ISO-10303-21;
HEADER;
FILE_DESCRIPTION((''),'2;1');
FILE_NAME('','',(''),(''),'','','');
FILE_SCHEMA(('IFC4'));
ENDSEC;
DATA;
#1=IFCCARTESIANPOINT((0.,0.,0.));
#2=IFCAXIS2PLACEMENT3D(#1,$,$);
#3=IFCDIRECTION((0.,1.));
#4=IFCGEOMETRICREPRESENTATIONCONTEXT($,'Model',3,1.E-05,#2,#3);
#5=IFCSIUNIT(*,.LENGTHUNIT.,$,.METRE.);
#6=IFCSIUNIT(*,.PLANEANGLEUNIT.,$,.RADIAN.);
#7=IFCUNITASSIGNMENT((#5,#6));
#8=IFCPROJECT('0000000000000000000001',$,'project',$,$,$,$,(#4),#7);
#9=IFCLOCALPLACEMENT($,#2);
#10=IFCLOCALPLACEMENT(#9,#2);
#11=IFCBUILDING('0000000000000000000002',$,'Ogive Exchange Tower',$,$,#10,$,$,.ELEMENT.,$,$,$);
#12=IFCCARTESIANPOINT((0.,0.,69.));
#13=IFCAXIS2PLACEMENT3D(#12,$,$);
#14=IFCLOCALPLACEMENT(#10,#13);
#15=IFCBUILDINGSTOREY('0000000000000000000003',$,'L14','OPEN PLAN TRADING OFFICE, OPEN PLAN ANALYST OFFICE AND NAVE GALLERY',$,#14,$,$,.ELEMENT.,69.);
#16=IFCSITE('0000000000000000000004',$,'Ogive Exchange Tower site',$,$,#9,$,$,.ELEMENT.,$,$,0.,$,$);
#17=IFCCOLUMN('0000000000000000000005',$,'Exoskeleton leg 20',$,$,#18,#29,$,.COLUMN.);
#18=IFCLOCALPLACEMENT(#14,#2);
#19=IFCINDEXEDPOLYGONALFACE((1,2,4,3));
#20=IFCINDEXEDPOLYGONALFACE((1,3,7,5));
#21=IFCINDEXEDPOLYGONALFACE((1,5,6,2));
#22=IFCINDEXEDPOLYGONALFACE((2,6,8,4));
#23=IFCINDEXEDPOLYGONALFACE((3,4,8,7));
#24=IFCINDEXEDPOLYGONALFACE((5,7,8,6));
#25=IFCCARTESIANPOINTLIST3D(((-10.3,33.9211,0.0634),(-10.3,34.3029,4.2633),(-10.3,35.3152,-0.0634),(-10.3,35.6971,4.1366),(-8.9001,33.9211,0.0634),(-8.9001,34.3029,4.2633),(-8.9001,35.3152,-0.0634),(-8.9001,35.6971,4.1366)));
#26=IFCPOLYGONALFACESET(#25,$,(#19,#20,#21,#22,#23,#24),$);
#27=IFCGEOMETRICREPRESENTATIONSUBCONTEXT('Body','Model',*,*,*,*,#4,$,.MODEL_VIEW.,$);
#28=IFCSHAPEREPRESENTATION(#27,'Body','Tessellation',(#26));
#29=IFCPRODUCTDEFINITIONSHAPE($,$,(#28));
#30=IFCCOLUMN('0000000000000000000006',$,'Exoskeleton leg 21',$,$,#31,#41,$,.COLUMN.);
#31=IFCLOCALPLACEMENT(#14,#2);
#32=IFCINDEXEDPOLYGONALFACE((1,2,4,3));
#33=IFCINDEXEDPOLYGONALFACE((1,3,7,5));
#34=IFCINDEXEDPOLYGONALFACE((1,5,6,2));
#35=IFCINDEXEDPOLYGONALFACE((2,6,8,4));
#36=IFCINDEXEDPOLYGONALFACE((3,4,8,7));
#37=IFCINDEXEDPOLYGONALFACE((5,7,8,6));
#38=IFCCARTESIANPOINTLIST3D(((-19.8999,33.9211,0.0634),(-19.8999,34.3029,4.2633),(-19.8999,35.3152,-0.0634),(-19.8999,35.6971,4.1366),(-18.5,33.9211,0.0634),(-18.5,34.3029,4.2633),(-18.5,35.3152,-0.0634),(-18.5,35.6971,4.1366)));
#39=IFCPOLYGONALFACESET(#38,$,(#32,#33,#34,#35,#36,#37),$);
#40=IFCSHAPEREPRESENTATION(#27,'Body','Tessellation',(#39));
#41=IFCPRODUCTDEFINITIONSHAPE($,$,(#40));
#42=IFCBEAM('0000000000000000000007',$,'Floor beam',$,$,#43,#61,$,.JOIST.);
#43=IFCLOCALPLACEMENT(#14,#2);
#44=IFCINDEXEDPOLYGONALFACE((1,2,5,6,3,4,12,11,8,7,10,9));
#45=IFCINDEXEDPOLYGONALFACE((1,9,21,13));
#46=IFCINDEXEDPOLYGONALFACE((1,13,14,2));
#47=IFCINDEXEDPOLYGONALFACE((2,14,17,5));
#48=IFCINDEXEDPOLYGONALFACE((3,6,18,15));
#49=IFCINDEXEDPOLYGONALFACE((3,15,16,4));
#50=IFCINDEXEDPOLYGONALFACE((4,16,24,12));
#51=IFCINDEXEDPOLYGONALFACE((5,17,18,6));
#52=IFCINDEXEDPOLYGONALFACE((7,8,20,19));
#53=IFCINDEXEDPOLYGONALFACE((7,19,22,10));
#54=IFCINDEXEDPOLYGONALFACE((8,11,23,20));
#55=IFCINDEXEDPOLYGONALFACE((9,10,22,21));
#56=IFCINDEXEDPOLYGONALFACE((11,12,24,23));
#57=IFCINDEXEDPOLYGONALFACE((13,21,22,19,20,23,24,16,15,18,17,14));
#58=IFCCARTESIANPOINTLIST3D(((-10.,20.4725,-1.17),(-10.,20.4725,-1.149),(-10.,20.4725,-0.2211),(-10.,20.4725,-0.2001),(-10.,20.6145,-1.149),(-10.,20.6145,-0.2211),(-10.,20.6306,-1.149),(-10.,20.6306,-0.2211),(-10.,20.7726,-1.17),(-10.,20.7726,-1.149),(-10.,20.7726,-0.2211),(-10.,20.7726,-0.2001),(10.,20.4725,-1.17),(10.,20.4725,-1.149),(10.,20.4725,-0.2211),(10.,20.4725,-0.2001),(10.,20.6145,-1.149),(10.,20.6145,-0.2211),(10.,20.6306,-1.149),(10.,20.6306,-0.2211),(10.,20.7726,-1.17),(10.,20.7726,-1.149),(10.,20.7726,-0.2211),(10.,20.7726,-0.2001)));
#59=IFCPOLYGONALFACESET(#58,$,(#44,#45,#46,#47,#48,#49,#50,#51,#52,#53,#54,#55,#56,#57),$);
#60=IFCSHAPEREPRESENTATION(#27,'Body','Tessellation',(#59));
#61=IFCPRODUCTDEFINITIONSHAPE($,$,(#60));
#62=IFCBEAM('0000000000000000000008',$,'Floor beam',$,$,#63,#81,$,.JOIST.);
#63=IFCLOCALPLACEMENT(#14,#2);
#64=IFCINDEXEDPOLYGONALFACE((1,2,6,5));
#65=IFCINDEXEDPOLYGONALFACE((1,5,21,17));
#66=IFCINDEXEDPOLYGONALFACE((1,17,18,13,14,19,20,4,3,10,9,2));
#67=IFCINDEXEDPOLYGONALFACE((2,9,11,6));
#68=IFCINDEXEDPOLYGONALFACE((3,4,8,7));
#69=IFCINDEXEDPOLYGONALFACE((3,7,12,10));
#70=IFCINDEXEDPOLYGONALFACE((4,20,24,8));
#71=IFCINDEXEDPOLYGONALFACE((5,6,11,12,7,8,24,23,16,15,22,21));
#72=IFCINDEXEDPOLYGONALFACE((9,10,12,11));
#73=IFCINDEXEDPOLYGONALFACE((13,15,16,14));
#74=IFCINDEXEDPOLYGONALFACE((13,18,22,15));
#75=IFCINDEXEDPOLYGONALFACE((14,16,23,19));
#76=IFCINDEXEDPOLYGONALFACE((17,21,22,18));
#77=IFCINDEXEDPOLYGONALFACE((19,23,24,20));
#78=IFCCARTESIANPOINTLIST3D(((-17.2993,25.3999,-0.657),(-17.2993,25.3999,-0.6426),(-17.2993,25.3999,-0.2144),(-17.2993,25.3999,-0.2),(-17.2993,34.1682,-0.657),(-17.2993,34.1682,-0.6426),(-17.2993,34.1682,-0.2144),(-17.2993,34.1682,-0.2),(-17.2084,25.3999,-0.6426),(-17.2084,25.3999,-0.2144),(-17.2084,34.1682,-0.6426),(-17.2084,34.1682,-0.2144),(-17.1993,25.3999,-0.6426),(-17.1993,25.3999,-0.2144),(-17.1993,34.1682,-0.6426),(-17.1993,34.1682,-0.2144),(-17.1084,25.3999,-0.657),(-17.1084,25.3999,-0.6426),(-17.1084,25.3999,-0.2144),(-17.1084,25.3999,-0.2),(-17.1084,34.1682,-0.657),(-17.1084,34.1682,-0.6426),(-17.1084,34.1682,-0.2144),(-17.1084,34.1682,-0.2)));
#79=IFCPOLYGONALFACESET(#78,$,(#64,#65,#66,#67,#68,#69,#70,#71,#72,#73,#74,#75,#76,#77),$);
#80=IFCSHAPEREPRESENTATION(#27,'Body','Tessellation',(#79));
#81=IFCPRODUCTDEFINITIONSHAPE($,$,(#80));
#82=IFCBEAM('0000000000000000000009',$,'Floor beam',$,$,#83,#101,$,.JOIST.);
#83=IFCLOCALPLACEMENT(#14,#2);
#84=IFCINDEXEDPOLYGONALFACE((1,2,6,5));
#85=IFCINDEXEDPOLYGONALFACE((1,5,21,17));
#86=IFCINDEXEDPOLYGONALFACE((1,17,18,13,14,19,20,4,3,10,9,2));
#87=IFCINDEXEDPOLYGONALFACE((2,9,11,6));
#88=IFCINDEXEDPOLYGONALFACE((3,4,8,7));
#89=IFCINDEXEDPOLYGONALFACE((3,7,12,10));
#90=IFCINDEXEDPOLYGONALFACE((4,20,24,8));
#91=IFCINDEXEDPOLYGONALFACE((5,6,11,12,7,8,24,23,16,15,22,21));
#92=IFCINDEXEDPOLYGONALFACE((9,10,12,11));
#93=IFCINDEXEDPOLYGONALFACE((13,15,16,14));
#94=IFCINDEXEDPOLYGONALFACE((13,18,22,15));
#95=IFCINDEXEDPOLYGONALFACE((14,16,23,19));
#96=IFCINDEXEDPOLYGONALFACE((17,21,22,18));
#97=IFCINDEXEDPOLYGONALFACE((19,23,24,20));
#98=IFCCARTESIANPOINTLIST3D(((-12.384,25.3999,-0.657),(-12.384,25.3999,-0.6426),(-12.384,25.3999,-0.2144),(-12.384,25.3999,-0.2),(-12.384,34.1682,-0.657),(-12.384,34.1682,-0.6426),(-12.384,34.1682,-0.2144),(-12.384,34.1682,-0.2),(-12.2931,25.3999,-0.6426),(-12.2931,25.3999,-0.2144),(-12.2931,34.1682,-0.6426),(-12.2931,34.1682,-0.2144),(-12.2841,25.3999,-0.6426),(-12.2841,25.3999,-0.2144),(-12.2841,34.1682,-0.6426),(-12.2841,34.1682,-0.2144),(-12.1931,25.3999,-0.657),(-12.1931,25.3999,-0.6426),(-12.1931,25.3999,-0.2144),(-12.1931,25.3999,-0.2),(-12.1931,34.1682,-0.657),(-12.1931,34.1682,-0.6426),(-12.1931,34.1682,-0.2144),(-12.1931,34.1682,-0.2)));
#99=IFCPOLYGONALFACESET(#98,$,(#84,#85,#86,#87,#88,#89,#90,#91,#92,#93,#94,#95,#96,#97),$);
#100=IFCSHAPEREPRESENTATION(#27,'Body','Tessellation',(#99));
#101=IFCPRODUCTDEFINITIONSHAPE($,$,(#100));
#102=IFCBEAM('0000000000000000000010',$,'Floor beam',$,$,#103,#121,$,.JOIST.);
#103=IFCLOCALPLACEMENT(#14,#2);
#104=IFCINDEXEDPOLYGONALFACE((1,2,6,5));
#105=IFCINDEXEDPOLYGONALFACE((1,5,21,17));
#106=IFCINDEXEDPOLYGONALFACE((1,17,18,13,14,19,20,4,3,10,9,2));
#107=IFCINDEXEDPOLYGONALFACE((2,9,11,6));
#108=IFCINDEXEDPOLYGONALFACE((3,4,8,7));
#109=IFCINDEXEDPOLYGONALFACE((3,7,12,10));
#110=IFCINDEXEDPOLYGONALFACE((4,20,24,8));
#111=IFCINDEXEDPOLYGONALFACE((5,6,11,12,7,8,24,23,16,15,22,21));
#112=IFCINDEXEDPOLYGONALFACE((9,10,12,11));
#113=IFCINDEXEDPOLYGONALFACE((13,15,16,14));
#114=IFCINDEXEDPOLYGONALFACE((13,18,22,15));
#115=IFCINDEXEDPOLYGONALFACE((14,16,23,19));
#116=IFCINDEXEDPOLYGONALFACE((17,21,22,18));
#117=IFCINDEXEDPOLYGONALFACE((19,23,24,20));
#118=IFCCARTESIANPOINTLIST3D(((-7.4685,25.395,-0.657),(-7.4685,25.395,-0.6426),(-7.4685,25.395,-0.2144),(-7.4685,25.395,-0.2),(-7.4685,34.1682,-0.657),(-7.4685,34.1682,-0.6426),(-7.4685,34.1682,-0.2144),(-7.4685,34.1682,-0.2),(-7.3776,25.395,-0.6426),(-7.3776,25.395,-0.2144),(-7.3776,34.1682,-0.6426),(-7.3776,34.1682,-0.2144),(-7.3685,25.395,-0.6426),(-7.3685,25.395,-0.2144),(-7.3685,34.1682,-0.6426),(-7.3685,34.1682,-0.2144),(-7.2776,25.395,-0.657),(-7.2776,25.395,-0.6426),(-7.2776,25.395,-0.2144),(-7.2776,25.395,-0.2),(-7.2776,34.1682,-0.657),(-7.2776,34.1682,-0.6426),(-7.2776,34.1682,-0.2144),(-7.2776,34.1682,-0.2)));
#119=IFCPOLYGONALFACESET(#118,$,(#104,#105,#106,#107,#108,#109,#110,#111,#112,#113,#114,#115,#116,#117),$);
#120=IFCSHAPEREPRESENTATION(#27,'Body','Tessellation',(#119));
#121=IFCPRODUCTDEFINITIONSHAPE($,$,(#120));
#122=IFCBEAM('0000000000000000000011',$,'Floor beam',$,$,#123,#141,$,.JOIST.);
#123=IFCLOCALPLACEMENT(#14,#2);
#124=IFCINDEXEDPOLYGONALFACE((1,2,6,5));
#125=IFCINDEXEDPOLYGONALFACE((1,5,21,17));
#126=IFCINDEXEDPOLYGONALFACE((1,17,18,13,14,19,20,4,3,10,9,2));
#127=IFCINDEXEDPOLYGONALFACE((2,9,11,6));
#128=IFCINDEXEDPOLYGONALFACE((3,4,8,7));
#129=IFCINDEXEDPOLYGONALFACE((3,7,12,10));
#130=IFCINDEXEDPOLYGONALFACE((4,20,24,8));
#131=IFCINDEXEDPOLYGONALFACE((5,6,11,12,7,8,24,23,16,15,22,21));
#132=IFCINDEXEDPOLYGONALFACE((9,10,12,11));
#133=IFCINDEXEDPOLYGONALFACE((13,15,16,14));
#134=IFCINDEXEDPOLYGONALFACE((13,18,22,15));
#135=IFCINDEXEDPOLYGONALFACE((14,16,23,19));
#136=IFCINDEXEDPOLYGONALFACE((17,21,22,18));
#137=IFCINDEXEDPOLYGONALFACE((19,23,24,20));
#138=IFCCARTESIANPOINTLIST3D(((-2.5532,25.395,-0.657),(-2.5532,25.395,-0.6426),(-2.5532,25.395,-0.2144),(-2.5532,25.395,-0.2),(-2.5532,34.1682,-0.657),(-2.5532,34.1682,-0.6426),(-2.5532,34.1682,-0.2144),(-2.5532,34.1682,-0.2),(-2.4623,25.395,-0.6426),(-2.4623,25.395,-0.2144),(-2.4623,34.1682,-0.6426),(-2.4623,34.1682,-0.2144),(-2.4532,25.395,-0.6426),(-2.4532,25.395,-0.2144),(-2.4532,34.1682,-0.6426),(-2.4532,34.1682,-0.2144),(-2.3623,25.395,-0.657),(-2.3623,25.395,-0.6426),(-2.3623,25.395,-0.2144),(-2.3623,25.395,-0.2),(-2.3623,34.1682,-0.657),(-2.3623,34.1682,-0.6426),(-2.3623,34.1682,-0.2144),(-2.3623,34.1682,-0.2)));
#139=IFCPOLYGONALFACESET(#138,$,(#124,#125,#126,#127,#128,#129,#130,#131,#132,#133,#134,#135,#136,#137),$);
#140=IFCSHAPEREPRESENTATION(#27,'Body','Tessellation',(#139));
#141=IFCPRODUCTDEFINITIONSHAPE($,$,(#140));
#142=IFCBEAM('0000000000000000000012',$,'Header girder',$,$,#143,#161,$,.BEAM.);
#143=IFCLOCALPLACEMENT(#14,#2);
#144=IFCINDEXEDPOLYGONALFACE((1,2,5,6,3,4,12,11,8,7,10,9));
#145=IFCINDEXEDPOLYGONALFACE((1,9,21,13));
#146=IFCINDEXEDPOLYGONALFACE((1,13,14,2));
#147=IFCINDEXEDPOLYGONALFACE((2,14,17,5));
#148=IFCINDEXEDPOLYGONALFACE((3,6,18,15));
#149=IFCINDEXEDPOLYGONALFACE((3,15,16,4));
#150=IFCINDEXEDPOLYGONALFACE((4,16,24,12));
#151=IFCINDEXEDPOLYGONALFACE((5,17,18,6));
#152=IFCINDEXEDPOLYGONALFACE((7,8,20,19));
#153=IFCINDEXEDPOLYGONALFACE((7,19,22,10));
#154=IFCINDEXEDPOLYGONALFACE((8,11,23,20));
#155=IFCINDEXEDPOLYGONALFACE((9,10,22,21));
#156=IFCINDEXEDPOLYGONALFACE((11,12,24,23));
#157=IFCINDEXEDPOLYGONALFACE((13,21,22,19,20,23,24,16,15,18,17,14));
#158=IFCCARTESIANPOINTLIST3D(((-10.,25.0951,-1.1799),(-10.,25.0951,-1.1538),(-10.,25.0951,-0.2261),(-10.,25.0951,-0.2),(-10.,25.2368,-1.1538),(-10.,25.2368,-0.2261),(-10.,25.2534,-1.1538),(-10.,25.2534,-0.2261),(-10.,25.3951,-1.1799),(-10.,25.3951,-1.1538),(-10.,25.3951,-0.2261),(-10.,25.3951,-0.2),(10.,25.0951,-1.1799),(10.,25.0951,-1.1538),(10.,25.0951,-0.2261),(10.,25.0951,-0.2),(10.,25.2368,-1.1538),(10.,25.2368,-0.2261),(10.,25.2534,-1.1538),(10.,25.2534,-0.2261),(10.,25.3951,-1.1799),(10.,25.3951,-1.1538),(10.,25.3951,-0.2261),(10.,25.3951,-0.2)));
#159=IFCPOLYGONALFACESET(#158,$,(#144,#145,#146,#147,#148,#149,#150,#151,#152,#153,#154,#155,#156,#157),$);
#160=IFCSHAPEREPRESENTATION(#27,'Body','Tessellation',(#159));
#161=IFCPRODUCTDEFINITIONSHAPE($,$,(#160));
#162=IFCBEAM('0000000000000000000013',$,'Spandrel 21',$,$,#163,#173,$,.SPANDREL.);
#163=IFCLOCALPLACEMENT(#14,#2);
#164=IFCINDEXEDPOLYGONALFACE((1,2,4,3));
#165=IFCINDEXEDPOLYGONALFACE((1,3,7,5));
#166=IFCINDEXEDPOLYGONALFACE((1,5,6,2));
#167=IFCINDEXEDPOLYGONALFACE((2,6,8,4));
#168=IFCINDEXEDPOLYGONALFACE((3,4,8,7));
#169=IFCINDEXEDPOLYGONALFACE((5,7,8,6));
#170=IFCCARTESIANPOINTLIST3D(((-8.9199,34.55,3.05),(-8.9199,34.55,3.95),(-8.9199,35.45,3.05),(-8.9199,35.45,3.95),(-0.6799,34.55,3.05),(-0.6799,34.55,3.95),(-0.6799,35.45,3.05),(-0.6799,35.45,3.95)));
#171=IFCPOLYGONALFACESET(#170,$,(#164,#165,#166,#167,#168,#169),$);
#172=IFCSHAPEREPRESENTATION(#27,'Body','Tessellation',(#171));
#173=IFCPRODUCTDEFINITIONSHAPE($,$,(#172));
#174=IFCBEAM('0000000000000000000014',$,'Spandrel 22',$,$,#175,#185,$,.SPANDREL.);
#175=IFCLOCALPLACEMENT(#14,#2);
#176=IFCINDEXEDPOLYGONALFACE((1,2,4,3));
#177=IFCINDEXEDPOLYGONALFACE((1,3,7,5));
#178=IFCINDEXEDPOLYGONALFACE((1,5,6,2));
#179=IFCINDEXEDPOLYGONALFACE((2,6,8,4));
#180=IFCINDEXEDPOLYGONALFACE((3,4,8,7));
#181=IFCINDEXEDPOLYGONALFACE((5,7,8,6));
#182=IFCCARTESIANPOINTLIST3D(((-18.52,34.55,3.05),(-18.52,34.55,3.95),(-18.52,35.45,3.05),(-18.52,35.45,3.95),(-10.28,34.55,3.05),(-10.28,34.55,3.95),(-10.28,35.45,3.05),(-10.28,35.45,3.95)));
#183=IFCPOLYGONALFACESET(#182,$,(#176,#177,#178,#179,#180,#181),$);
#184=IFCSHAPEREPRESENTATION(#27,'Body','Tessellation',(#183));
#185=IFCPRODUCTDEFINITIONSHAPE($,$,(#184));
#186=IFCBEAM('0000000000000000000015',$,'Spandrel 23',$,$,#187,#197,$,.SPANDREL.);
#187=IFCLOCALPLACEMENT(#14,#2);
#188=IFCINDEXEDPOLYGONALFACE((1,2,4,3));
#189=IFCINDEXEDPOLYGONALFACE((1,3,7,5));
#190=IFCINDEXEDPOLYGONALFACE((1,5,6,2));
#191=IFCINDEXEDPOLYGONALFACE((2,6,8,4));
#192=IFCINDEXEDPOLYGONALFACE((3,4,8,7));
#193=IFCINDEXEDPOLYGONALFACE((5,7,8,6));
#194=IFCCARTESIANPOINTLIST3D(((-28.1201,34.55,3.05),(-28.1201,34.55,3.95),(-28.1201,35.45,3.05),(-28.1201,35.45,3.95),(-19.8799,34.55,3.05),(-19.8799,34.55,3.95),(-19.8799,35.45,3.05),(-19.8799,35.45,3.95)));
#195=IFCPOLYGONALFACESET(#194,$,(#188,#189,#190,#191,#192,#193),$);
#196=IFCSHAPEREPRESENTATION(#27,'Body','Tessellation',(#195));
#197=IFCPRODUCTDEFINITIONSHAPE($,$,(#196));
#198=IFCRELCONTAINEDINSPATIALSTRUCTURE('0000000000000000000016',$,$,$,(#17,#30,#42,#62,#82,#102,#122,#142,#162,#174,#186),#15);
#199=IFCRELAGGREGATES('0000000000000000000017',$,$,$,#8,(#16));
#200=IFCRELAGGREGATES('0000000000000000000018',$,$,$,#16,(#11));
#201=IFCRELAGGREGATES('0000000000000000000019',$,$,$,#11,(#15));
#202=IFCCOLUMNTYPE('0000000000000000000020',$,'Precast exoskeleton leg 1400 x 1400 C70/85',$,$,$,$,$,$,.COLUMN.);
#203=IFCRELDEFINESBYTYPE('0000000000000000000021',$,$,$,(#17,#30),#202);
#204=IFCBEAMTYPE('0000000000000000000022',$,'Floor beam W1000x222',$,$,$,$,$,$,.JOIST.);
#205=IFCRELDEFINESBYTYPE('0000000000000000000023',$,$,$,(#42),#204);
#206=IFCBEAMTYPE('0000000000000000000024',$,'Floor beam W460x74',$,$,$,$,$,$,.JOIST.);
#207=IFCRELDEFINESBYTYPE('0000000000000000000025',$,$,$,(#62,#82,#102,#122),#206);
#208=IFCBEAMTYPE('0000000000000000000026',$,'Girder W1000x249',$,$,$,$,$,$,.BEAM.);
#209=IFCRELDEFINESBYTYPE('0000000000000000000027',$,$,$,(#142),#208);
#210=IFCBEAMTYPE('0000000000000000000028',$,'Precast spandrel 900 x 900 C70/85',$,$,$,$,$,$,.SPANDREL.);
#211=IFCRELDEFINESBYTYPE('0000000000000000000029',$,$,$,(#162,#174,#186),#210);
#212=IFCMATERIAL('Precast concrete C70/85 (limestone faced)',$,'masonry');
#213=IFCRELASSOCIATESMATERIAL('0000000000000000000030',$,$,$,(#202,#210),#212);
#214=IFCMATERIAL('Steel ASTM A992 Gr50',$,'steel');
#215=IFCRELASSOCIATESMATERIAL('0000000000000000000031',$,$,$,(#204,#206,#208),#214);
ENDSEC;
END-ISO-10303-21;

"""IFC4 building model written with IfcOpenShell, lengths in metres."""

from ifc_helpers import new_model, si_unit, direction, frame, origin, origin_2d, place, context, subcontext, project, spatial, rectangle, i_section, extrude, material, material_profile, profile_set, type_object, element, save


model = new_model("IFC4")

# Units and contexts
model_context = context("Model", 3, precision=1e-05, world=origin(), true_north=direction((0.0, 1.0)))
body_context = subcontext(model_context, "Body", "Model", "MODEL_VIEW")
ifc_project = project(units=[si_unit("LENGTHUNIT", "METRE"), si_unit("PLANEANGLEUNIT", "RADIAN")], contexts=[model_context])

# Site, building, storey
site_placement = place(None, origin())
site = spatial("IfcSite", under=ifc_project, at=site_placement, Name="Ogive Exchange Tower site", CompositionType="ELEMENT", RefElevation=0.0)
building_placement = place(site_placement, origin())
building = spatial("IfcBuilding", under=site, at=building_placement, Name="Ogive Exchange Tower", CompositionType="ELEMENT")
storey_placement = place(building_placement, frame((0.0, 0.0, 69.0)))
storey = spatial("IfcBuildingStorey", under=building, at=storey_placement, Name="L14", Description="OPEN PLAN TRADING OFFICE, OPEN PLAN ANALYST OFFICE AND NAVE GALLERY", CompositionType="ELEMENT", Elevation=69.0)

# Columns
ifc_material_1 = material(Name="Precast concrete C70/85 (limestone faced)", Category="masonry")
ifc_material_profile_1 = material_profile(ifc_material_1, rectangle(XDim=1.3999, YDim=1.3999, at=origin_2d()), Name="1400 x 1400")
ifc_profile_set_1 = profile_set([ifc_material_profile_1], Name="Precast concrete C70/85 (limestone faced)")
column_type = type_object("IfcColumnType", Name="Precast exoskeleton leg 1400 x 1400 C70/85", PredefinedType="COLUMN", material=ifc_profile_set_1)
for number, where, z_axis, x_axis, name in (
    (1, (-9.6001, 34.6182, 0.0), (0.0, 0.090541, 0.995893), (-1.0, 0.0, 0.0), "Exoskeleton leg 20"),
    (2, (-19.2, 34.6182, 0.0), (0.0, 0.090541, 0.995893), (-1.0, 0.0, 0.0), "Exoskeleton leg 21"),
):
    element("IfcColumn", number, at=place(storey_placement, frame(where, z_axis=z_axis, x_axis=x_axis)), inside=storey, type_object=column_type, Name=name, PredefinedType="COLUMN", context=body_context, shape_type="SweptSolid", body=[
        extrude(rectangle(XDim=1.3999, YDim=1.3999, at=origin_2d()), origin(), (0.0, 0.0, 1.0), 4.2173),
    ])

# Beams
ifc_material_2 = material(Name="Steel ASTM A992 Gr50", Category="steel")
ifc_material_profile_2 = material_profile(ifc_material_2, i_section(OverallWidth=0.3, OverallDepth=0.97, WebThickness=0.0161, FlangeThickness=0.021, at=origin_2d()), Name="W1000x222")
ifc_profile_set_2 = profile_set([ifc_material_profile_2], Name="Steel ASTM A992 Gr50")
beam_type_1 = type_object("IfcBeamType", Name="Floor beam W1000x222", PredefinedType="JOIST", material=ifc_profile_set_2)
beam_1_placement = place(storey_placement, frame((-10.0, 20.6226, -0.6851), z_axis=(1.0, 0.0, 0.0), x_axis=(0.0, 1.0, 0.0)))
element("IfcBeam", 3, at=beam_1_placement, inside=storey, type_object=beam_type_1, Name="Floor beam", PredefinedType="JOIST", context=body_context, shape_type="SweptSolid", body=[
    extrude(i_section(OverallWidth=0.3, OverallDepth=0.97, WebThickness=0.0161, FlangeThickness=0.021, at=origin_2d()), origin(), (0.0, 0.0, 1.0), 20.0),
])
ifc_material_profile_3 = material_profile(ifc_material_2, i_section(OverallWidth=0.1909, OverallDepth=0.457, WebThickness=0.009, FlangeThickness=0.0144, at=origin_2d()), Name="W460x74")
ifc_profile_set_3 = profile_set([ifc_material_profile_3], Name="Steel ASTM A992 Gr50")
beam_type_2 = type_object("IfcBeamType", Name="Floor beam W460x74", PredefinedType="JOIST", material=ifc_profile_set_3)
for number, where, z_axis, x_axis, name in (
    (4, (-17.2039, 25.3999, -0.4285), (0.0, 1.0, 0.0), (-1.0, 0.0, 0.0), "Floor beam"),
    (5, (-12.2886, 25.3999, -0.4285), (0.0, 1.0, 0.0), (-1.0, 0.0, 0.0), "Floor beam"),
):
    element("IfcBeam", number, at=place(storey_placement, frame(where, z_axis=z_axis, x_axis=x_axis)), inside=storey, type_object=beam_type_2, Name=name, PredefinedType="JOIST", context=body_context, shape_type="SweptSolid", body=[
        extrude(i_section(OverallWidth=0.1909, OverallDepth=0.457, WebThickness=0.009, FlangeThickness=0.0144, at=origin_2d()), origin(), (0.0, 0.0, 1.0), 8.7683),
    ])
for number, where, z_axis, x_axis, name in (
    (6, (-7.373, 25.395, -0.4285), (0.0, 1.0, 0.0), (-1.0, 0.0, 0.0), "Floor beam"),
    (7, (-2.4578, 25.395, -0.4285), (0.0, 1.0, 0.0), (-1.0, 0.0, 0.0), "Floor beam"),
):
    element("IfcBeam", number, at=place(storey_placement, frame(where, z_axis=z_axis, x_axis=x_axis)), inside=storey, type_object=beam_type_2, Name=name, PredefinedType="JOIST", context=body_context, shape_type="SweptSolid", body=[
        extrude(i_section(OverallWidth=0.1909, OverallDepth=0.457, WebThickness=0.009, FlangeThickness=0.0144, at=origin_2d()), origin(), (0.0, 0.0, 1.0), 8.7732),
    ])
ifc_material_profile_4 = material_profile(ifc_material_2, i_section(OverallWidth=0.3, OverallDepth=0.98, WebThickness=0.0166, FlangeThickness=0.0261, at=origin_2d()), Name="W1000x249")
ifc_profile_set_4 = profile_set([ifc_material_profile_4], Name="Steel ASTM A992 Gr50")
beam_type_3 = type_object("IfcBeamType", Name="Girder W1000x249", PredefinedType="BEAM", material=ifc_profile_set_4)
beam_2_placement = place(storey_placement, frame((-10.0, 25.2451, -0.6899), z_axis=(1.0, 0.0, 0.0), x_axis=(0.0, 1.0, 0.0)))
element("IfcBeam", 8, at=beam_2_placement, inside=storey, type_object=beam_type_3, Name="Header girder", PredefinedType="BEAM", context=body_context, shape_type="SweptSolid", body=[
    extrude(i_section(OverallWidth=0.3, OverallDepth=0.98, WebThickness=0.0166, FlangeThickness=0.0261, at=origin_2d()), origin(), (0.0, 0.0, 1.0), 20.0),
])
ifc_material_profile_5 = material_profile(ifc_material_1, rectangle(XDim=0.8999, YDim=0.8999, at=origin_2d()), Name="900 x 900")
ifc_profile_set_5 = profile_set([ifc_material_profile_5], Name="Precast concrete C70/85 (limestone faced)")
beam_type_4 = type_object("IfcBeamType", Name="Precast spandrel 900 x 900 C70/85", PredefinedType="SPANDREL", material=ifc_profile_set_5)
for number, where, z_axis, x_axis, name in (
    (9, (-0.6799, 35.0, 3.5), (-1.0, 0.0, 0.0), (0.0, -1.0, 0.0), "Spandrel 21"),
    (10, (-10.28, 35.0, 3.5), (-1.0, 0.0, 0.0), (0.0, -1.0, 0.0), "Spandrel 22"),
):
    element("IfcBeam", number, at=place(storey_placement, frame(where, z_axis=z_axis, x_axis=x_axis)), inside=storey, type_object=beam_type_4, Name=name, PredefinedType="SPANDREL", context=body_context, shape_type="SweptSolid", body=[
        extrude(rectangle(XDim=0.8999, YDim=0.8999, at=origin_2d()), origin(), (0.0, 0.0, 1.0), 8.24),
    ])
beam_3_placement = place(storey_placement, frame((-19.8799, 35.0, 3.5), z_axis=(-1.0, 0.0, 0.0), x_axis=(0.0, -1.0, 0.0)))
element("IfcBeam", 11, at=beam_3_placement, inside=storey, type_object=beam_type_4, Name="Spandrel 23", PredefinedType="SPANDREL", context=body_context, shape_type="SweptSolid", body=[
    extrude(rectangle(XDim=0.8999, YDim=0.8999, at=origin_2d()), origin(), (0.0, 0.0, 1.0), 8.2402),
])

save(model, "model.ifc")
